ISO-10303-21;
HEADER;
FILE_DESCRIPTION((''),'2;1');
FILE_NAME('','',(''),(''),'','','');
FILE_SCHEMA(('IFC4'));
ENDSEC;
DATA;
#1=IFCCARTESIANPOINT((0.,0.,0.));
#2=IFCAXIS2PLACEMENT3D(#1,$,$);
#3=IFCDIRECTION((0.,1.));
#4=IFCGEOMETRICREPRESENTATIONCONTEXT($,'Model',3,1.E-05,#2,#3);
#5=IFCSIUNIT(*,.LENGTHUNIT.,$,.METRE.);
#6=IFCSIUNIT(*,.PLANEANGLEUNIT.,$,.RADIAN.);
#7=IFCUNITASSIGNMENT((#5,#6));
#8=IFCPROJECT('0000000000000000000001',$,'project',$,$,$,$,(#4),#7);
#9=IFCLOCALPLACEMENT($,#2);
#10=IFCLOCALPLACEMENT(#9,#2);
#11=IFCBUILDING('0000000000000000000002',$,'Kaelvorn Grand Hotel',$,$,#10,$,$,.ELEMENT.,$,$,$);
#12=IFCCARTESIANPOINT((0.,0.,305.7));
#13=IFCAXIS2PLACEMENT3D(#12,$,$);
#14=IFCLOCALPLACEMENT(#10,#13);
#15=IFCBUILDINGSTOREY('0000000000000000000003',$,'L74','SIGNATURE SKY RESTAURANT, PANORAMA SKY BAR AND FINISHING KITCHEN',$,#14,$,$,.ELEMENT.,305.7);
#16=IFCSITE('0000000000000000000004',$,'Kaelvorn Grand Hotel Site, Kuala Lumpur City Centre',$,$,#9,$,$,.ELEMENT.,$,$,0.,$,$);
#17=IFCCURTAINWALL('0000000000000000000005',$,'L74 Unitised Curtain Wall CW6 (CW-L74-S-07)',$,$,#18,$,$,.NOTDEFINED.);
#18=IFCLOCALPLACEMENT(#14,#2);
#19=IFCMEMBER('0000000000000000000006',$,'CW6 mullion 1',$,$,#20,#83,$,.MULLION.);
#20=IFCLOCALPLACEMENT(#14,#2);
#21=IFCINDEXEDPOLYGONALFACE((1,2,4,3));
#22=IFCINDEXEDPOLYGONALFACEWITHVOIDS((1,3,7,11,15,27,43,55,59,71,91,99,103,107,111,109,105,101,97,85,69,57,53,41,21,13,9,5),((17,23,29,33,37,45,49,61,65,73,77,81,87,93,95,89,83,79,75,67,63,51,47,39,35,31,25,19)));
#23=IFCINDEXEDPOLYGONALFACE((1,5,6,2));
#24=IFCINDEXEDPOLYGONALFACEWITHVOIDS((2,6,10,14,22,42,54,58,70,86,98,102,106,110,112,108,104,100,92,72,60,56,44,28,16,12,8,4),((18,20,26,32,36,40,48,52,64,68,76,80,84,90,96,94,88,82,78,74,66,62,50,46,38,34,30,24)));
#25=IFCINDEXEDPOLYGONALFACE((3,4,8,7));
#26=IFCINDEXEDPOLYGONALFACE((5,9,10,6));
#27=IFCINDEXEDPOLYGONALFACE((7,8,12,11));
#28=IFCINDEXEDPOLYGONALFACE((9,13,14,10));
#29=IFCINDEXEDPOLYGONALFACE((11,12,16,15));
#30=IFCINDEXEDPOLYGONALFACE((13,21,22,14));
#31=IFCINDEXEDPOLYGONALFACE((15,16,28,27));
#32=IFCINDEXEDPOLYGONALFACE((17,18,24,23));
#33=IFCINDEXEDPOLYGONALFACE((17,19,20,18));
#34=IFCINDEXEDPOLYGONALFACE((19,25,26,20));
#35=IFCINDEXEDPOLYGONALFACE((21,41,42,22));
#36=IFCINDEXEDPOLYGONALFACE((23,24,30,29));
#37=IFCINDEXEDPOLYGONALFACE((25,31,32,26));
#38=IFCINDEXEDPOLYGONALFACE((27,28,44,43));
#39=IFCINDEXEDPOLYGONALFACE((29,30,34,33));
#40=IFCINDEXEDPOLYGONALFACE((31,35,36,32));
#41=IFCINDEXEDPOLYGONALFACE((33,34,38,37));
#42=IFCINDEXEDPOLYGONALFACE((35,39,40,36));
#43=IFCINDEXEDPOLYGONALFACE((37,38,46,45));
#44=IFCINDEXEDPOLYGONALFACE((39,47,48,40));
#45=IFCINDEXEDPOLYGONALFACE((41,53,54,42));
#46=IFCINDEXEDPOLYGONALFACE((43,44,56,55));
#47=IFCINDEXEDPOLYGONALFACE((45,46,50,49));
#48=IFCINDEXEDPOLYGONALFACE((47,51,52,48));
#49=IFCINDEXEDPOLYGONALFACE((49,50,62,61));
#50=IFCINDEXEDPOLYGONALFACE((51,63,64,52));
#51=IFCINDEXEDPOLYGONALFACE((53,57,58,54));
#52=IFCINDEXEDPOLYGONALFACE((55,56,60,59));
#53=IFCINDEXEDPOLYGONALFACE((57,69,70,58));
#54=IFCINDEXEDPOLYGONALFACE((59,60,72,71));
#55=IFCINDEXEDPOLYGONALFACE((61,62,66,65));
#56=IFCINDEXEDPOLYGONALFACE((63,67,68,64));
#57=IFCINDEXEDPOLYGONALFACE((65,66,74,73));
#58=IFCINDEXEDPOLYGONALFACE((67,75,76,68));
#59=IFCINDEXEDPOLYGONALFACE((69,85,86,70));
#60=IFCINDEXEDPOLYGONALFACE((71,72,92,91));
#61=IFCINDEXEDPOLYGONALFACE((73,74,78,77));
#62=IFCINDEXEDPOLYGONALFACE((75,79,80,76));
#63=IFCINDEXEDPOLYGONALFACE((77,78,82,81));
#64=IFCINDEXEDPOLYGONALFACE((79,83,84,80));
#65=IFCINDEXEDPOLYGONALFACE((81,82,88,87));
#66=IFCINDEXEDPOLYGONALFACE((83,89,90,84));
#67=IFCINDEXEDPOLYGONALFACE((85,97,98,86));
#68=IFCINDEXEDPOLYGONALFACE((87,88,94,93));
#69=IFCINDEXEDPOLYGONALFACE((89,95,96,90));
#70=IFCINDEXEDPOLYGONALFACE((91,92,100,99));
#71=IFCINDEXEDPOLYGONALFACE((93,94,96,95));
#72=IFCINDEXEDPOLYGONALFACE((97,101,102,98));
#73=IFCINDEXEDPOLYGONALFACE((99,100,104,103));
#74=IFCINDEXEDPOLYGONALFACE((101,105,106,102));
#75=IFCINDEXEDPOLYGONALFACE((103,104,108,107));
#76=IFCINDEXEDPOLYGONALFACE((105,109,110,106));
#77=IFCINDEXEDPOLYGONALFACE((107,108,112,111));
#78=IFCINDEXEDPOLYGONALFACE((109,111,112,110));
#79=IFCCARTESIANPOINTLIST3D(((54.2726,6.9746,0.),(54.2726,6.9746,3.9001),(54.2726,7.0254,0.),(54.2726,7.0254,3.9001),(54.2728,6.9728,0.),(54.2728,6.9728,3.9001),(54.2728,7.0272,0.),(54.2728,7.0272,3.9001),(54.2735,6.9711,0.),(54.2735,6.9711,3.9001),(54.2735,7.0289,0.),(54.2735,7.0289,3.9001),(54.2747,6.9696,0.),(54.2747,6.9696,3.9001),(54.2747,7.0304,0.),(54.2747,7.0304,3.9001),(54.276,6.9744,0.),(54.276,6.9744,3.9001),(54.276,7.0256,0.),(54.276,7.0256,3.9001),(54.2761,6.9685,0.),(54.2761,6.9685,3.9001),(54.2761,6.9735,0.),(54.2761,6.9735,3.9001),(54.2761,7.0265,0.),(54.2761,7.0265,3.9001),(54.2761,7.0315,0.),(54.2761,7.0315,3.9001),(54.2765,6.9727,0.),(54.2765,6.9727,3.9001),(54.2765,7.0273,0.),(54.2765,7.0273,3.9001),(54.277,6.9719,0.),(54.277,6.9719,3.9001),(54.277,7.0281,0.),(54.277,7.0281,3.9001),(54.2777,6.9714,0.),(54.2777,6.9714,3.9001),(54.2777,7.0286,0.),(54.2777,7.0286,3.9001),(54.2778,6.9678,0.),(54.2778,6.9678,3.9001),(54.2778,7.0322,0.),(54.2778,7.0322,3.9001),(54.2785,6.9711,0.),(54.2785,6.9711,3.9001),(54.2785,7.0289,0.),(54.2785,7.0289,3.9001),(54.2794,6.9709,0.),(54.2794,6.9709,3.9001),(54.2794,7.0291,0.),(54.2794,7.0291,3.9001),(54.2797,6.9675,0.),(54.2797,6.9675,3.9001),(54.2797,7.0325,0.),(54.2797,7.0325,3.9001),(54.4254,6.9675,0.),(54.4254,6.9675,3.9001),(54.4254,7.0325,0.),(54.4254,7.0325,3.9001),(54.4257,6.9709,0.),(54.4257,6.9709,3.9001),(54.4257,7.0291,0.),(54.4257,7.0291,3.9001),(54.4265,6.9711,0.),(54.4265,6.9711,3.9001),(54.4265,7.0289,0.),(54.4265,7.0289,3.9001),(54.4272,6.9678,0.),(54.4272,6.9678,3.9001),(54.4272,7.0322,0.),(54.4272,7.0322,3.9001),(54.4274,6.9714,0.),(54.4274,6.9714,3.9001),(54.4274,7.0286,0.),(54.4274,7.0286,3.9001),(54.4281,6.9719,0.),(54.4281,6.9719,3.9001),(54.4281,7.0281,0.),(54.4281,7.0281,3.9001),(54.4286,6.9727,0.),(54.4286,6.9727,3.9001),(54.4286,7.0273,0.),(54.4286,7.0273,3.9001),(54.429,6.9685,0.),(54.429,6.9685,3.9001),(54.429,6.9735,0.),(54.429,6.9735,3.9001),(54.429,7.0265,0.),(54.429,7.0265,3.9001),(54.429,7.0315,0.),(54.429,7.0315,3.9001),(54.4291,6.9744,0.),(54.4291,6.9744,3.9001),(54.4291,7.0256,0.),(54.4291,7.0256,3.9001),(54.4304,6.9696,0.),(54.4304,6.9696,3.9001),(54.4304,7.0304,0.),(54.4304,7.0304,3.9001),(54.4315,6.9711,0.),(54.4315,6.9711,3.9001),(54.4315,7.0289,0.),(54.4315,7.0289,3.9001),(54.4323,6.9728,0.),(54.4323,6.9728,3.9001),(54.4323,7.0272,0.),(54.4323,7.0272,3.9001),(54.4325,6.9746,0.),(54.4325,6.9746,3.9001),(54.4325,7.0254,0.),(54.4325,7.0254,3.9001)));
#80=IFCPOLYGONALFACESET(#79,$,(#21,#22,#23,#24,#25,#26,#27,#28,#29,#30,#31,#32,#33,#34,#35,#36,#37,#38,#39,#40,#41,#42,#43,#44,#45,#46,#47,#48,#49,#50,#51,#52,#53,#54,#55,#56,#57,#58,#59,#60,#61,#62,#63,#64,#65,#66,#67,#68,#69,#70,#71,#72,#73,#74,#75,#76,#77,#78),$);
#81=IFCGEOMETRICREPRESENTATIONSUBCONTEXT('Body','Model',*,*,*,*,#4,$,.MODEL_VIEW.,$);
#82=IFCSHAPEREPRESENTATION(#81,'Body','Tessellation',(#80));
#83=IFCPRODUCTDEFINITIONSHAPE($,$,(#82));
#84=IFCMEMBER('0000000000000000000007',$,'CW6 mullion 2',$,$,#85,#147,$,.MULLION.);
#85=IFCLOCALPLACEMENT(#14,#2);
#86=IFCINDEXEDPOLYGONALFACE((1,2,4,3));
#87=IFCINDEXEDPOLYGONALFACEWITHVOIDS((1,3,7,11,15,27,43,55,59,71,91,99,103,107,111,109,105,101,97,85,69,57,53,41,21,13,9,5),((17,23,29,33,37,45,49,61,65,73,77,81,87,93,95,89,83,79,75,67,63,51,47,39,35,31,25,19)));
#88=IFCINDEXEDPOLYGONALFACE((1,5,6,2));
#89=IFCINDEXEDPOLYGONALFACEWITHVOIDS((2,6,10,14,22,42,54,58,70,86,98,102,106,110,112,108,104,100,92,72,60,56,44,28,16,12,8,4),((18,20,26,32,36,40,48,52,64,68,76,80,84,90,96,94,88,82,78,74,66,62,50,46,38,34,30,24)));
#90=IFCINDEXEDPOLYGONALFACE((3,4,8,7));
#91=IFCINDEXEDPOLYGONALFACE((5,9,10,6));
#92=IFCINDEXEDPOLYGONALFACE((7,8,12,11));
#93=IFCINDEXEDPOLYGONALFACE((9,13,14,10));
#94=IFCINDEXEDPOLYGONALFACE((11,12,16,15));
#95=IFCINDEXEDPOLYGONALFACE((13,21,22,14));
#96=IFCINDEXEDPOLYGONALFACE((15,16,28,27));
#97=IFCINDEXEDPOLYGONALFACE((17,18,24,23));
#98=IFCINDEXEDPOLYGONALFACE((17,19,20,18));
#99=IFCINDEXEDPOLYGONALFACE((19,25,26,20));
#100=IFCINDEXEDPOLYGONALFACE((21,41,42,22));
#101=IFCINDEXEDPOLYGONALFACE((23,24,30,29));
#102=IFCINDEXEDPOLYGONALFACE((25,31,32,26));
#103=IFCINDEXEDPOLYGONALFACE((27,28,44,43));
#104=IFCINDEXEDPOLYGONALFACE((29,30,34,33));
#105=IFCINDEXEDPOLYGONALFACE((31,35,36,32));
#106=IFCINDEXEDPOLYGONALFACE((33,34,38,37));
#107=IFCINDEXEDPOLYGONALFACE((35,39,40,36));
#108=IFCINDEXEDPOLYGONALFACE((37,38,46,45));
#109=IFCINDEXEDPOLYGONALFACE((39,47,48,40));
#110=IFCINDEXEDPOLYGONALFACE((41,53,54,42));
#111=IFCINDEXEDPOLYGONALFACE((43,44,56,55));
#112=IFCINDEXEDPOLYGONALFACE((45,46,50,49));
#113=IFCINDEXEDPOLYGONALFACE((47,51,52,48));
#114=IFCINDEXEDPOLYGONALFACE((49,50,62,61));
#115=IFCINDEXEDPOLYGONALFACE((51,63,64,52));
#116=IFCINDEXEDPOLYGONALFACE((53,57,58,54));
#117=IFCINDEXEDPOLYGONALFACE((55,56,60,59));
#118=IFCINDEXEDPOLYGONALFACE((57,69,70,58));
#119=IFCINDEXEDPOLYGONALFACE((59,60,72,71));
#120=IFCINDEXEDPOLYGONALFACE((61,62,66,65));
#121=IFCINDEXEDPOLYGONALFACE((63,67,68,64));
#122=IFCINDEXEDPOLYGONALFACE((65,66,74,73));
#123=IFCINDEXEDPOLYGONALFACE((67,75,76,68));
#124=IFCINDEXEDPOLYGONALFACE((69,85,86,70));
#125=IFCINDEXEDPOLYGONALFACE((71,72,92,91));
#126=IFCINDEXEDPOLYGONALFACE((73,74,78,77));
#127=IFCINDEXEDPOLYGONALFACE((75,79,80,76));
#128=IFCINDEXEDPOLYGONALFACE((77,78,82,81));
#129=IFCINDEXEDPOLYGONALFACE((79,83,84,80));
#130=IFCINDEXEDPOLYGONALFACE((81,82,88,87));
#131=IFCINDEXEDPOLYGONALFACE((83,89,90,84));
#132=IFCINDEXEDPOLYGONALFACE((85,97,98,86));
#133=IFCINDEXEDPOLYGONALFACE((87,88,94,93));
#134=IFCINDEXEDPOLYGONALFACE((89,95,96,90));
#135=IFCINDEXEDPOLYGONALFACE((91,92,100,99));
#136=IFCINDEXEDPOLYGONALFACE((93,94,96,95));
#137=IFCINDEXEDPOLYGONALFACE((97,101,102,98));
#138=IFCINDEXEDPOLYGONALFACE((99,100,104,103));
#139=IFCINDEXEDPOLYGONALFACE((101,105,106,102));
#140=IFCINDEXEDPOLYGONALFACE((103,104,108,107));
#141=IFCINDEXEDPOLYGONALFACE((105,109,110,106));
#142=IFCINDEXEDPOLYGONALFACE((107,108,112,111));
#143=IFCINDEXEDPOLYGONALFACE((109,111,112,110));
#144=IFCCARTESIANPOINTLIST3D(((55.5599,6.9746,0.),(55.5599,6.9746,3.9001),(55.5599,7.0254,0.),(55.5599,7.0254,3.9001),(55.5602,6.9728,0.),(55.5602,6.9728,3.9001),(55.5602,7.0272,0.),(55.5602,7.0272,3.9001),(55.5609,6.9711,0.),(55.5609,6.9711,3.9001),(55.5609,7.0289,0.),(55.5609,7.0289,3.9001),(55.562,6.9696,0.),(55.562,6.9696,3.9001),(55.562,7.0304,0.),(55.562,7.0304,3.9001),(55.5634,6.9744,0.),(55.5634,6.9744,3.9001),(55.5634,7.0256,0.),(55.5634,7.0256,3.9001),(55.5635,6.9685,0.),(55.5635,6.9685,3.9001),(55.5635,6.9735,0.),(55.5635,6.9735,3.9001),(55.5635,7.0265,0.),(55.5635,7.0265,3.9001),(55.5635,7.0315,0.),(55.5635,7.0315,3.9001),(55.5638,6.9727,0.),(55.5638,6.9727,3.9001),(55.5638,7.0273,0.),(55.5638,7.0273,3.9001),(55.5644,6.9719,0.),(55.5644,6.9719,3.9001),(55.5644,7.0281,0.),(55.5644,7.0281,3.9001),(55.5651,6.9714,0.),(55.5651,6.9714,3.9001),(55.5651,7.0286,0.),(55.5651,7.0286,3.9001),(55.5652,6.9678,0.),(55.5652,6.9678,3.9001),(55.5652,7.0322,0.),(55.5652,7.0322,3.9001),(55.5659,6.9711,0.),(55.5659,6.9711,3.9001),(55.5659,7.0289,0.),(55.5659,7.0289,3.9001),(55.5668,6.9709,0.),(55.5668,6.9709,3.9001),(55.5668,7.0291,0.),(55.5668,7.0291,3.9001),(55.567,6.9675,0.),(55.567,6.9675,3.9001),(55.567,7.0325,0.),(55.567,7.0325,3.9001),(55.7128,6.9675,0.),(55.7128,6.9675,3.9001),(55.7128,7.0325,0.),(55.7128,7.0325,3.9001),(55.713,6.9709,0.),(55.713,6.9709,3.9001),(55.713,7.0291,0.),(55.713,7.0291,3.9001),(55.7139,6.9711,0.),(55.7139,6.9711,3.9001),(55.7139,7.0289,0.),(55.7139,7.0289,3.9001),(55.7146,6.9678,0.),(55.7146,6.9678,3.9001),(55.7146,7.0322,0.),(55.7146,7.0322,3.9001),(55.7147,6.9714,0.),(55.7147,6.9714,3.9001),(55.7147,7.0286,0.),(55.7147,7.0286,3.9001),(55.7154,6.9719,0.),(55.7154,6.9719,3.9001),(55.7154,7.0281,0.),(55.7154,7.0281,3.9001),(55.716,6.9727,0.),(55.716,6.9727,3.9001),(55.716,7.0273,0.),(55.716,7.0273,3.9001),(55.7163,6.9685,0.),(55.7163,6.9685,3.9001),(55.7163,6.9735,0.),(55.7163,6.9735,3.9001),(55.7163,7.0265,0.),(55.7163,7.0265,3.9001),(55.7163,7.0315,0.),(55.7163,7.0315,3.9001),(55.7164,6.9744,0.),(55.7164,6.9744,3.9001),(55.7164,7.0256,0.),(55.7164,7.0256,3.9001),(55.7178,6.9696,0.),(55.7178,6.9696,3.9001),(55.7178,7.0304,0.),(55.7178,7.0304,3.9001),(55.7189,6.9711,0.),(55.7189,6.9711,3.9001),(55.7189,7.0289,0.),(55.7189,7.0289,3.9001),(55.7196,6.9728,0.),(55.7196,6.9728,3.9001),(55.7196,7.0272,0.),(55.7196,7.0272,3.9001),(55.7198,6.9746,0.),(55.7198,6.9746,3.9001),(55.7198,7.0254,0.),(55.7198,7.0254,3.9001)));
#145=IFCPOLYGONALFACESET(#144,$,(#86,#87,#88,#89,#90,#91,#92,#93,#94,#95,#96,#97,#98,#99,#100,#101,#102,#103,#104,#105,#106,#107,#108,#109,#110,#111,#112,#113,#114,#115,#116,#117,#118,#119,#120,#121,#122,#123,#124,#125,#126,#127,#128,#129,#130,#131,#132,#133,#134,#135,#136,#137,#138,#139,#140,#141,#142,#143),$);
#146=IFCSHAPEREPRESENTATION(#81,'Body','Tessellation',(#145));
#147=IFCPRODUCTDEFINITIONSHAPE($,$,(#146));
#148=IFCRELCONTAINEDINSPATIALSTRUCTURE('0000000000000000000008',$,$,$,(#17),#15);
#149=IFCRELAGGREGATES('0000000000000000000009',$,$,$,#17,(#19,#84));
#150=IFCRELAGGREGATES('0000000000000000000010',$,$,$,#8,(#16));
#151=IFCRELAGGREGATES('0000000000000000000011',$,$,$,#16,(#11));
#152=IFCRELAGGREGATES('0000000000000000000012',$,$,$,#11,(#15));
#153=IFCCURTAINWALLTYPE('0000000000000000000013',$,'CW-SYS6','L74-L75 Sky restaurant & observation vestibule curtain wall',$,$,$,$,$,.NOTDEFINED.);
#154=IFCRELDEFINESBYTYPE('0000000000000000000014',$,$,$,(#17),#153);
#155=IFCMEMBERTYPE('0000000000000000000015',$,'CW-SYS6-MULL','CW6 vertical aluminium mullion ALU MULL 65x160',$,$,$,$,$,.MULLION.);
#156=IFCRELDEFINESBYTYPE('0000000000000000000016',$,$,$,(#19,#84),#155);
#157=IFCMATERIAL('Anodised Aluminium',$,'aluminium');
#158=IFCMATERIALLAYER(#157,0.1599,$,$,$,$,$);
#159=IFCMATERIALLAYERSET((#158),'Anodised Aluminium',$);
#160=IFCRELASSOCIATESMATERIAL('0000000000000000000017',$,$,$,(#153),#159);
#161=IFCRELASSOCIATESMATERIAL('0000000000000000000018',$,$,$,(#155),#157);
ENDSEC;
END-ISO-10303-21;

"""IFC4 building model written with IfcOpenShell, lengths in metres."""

from ifc_helpers import new_model, si_unit, direction, frame, origin, origin_2d, place, context, subcontext, project, spatial, hollow_rectangle, extrude, material, layer, layer_set, material_profile, profile_set, type_object, element, aggregate, save


model = new_model("IFC4")

# Units and contexts
model_context = context("Model", 3, precision=1e-05, world=origin(), true_north=direction((0.0, 1.0)))
body_context = subcontext(model_context, "Body", "Model", "MODEL_VIEW")
ifc_project = project(units=[si_unit("LENGTHUNIT", "METRE"), si_unit("PLANEANGLEUNIT", "RADIAN")], contexts=[model_context])

# Site, building, storey
site_placement = place(None, origin())
site = spatial("IfcSite", under=ifc_project, at=site_placement, Name="Kaelvorn Grand Hotel Site, Kuala Lumpur City Centre", CompositionType="ELEMENT", RefElevation=0.0)
building_placement = place(site_placement, origin())
building = spatial("IfcBuilding", under=site, at=building_placement, Name="Kaelvorn Grand Hotel", CompositionType="ELEMENT")
storey_placement = place(building_placement, frame((0.0, 0.0, 305.7)))
storey = spatial("IfcBuildingStorey", under=building, at=storey_placement, Name="L74", Description="SIGNATURE SKY RESTAURANT, PANORAMA SKY BAR AND FINISHING KITCHEN", CompositionType="ELEMENT", Elevation=305.7)

# Curtain wall, members
ifc_material_1 = material(Name="Anodised Aluminium", Category="aluminium")
ifc_layer_1 = layer(ifc_material_1, 0.1599)
ifc_layer_set_1 = layer_set([ifc_layer_1], Name="Anodised Aluminium")
curtain_wall_type = type_object("IfcCurtainWallType", Name="CW-SYS6", Description="L74-L75 Sky restaurant & observation vestibule curtain wall", PredefinedType="NOTDEFINED", material=ifc_layer_set_1)
ifc_material_profile_1 = material_profile(ifc_material_1, hollow_rectangle(XDim=0.0649, YDim=0.1599, WallThickness=0.0034, InnerFilletRadius=0.0034, OuterFilletRadius=0.0071, at=origin_2d()), Name="ALU MULL 65x160")
ifc_profile_set_1 = profile_set([ifc_material_profile_1], Name="Anodised Aluminium")
member_type_1 = type_object("IfcMemberType", Name="CW-SYS6-MULL", Description="CW6 vertical aluminium mullion ALU MULL 65x160", PredefinedType="MULLION", material=ifc_profile_set_1)
curtain_wall_1_placement = place(storey_placement, origin())
curtain_wall_1 = element("IfcCurtainWall", 1, at=curtain_wall_1_placement, inside=storey, type_object=curtain_wall_type, Name="L74 Unitised Curtain Wall CW6 (CW-L74-S-07)", PredefinedType="NOTDEFINED")
member_1_placement = place(storey_placement, frame((54.3525, 7.0, 0.0), z_axis=(0.0, 0.0, 1.0), x_axis=(0.0, 1.0, 0.0)))
member_1 = element("IfcMember", 2, at=member_1_placement, type_object=member_type_1, Name="CW6 mullion 1", PredefinedType="MULLION", context=body_context, shape_type="SweptSolid", body=[
    extrude(hollow_rectangle(XDim=0.0649, YDim=0.1599, WallThickness=0.0034, InnerFilletRadius=0.0034, OuterFilletRadius=0.0071, at=origin_2d()), origin(), (0.0, 0.0, 1.0), 3.9001),
])
member_2_placement = place(storey_placement, frame((55.6399, 7.0, 0.0), z_axis=(0.0, 0.0, 1.0), x_axis=(0.0, 1.0, 0.0)))
member_2 = element("IfcMember", 3, at=member_2_placement, type_object=member_type_1, Name="CW6 mullion 2", PredefinedType="MULLION", context=body_context, shape_type="SweptSolid", body=[
    extrude(hollow_rectangle(XDim=0.0649, YDim=0.1599, WallThickness=0.0034, InnerFilletRadius=0.0034, OuterFilletRadius=0.0071, at=origin_2d()), origin(), (0.0, 0.0, 1.0), 3.9001),
])

aggregate(curtain_wall_1, [member_1, member_2])

save(model, "model.ifc")
